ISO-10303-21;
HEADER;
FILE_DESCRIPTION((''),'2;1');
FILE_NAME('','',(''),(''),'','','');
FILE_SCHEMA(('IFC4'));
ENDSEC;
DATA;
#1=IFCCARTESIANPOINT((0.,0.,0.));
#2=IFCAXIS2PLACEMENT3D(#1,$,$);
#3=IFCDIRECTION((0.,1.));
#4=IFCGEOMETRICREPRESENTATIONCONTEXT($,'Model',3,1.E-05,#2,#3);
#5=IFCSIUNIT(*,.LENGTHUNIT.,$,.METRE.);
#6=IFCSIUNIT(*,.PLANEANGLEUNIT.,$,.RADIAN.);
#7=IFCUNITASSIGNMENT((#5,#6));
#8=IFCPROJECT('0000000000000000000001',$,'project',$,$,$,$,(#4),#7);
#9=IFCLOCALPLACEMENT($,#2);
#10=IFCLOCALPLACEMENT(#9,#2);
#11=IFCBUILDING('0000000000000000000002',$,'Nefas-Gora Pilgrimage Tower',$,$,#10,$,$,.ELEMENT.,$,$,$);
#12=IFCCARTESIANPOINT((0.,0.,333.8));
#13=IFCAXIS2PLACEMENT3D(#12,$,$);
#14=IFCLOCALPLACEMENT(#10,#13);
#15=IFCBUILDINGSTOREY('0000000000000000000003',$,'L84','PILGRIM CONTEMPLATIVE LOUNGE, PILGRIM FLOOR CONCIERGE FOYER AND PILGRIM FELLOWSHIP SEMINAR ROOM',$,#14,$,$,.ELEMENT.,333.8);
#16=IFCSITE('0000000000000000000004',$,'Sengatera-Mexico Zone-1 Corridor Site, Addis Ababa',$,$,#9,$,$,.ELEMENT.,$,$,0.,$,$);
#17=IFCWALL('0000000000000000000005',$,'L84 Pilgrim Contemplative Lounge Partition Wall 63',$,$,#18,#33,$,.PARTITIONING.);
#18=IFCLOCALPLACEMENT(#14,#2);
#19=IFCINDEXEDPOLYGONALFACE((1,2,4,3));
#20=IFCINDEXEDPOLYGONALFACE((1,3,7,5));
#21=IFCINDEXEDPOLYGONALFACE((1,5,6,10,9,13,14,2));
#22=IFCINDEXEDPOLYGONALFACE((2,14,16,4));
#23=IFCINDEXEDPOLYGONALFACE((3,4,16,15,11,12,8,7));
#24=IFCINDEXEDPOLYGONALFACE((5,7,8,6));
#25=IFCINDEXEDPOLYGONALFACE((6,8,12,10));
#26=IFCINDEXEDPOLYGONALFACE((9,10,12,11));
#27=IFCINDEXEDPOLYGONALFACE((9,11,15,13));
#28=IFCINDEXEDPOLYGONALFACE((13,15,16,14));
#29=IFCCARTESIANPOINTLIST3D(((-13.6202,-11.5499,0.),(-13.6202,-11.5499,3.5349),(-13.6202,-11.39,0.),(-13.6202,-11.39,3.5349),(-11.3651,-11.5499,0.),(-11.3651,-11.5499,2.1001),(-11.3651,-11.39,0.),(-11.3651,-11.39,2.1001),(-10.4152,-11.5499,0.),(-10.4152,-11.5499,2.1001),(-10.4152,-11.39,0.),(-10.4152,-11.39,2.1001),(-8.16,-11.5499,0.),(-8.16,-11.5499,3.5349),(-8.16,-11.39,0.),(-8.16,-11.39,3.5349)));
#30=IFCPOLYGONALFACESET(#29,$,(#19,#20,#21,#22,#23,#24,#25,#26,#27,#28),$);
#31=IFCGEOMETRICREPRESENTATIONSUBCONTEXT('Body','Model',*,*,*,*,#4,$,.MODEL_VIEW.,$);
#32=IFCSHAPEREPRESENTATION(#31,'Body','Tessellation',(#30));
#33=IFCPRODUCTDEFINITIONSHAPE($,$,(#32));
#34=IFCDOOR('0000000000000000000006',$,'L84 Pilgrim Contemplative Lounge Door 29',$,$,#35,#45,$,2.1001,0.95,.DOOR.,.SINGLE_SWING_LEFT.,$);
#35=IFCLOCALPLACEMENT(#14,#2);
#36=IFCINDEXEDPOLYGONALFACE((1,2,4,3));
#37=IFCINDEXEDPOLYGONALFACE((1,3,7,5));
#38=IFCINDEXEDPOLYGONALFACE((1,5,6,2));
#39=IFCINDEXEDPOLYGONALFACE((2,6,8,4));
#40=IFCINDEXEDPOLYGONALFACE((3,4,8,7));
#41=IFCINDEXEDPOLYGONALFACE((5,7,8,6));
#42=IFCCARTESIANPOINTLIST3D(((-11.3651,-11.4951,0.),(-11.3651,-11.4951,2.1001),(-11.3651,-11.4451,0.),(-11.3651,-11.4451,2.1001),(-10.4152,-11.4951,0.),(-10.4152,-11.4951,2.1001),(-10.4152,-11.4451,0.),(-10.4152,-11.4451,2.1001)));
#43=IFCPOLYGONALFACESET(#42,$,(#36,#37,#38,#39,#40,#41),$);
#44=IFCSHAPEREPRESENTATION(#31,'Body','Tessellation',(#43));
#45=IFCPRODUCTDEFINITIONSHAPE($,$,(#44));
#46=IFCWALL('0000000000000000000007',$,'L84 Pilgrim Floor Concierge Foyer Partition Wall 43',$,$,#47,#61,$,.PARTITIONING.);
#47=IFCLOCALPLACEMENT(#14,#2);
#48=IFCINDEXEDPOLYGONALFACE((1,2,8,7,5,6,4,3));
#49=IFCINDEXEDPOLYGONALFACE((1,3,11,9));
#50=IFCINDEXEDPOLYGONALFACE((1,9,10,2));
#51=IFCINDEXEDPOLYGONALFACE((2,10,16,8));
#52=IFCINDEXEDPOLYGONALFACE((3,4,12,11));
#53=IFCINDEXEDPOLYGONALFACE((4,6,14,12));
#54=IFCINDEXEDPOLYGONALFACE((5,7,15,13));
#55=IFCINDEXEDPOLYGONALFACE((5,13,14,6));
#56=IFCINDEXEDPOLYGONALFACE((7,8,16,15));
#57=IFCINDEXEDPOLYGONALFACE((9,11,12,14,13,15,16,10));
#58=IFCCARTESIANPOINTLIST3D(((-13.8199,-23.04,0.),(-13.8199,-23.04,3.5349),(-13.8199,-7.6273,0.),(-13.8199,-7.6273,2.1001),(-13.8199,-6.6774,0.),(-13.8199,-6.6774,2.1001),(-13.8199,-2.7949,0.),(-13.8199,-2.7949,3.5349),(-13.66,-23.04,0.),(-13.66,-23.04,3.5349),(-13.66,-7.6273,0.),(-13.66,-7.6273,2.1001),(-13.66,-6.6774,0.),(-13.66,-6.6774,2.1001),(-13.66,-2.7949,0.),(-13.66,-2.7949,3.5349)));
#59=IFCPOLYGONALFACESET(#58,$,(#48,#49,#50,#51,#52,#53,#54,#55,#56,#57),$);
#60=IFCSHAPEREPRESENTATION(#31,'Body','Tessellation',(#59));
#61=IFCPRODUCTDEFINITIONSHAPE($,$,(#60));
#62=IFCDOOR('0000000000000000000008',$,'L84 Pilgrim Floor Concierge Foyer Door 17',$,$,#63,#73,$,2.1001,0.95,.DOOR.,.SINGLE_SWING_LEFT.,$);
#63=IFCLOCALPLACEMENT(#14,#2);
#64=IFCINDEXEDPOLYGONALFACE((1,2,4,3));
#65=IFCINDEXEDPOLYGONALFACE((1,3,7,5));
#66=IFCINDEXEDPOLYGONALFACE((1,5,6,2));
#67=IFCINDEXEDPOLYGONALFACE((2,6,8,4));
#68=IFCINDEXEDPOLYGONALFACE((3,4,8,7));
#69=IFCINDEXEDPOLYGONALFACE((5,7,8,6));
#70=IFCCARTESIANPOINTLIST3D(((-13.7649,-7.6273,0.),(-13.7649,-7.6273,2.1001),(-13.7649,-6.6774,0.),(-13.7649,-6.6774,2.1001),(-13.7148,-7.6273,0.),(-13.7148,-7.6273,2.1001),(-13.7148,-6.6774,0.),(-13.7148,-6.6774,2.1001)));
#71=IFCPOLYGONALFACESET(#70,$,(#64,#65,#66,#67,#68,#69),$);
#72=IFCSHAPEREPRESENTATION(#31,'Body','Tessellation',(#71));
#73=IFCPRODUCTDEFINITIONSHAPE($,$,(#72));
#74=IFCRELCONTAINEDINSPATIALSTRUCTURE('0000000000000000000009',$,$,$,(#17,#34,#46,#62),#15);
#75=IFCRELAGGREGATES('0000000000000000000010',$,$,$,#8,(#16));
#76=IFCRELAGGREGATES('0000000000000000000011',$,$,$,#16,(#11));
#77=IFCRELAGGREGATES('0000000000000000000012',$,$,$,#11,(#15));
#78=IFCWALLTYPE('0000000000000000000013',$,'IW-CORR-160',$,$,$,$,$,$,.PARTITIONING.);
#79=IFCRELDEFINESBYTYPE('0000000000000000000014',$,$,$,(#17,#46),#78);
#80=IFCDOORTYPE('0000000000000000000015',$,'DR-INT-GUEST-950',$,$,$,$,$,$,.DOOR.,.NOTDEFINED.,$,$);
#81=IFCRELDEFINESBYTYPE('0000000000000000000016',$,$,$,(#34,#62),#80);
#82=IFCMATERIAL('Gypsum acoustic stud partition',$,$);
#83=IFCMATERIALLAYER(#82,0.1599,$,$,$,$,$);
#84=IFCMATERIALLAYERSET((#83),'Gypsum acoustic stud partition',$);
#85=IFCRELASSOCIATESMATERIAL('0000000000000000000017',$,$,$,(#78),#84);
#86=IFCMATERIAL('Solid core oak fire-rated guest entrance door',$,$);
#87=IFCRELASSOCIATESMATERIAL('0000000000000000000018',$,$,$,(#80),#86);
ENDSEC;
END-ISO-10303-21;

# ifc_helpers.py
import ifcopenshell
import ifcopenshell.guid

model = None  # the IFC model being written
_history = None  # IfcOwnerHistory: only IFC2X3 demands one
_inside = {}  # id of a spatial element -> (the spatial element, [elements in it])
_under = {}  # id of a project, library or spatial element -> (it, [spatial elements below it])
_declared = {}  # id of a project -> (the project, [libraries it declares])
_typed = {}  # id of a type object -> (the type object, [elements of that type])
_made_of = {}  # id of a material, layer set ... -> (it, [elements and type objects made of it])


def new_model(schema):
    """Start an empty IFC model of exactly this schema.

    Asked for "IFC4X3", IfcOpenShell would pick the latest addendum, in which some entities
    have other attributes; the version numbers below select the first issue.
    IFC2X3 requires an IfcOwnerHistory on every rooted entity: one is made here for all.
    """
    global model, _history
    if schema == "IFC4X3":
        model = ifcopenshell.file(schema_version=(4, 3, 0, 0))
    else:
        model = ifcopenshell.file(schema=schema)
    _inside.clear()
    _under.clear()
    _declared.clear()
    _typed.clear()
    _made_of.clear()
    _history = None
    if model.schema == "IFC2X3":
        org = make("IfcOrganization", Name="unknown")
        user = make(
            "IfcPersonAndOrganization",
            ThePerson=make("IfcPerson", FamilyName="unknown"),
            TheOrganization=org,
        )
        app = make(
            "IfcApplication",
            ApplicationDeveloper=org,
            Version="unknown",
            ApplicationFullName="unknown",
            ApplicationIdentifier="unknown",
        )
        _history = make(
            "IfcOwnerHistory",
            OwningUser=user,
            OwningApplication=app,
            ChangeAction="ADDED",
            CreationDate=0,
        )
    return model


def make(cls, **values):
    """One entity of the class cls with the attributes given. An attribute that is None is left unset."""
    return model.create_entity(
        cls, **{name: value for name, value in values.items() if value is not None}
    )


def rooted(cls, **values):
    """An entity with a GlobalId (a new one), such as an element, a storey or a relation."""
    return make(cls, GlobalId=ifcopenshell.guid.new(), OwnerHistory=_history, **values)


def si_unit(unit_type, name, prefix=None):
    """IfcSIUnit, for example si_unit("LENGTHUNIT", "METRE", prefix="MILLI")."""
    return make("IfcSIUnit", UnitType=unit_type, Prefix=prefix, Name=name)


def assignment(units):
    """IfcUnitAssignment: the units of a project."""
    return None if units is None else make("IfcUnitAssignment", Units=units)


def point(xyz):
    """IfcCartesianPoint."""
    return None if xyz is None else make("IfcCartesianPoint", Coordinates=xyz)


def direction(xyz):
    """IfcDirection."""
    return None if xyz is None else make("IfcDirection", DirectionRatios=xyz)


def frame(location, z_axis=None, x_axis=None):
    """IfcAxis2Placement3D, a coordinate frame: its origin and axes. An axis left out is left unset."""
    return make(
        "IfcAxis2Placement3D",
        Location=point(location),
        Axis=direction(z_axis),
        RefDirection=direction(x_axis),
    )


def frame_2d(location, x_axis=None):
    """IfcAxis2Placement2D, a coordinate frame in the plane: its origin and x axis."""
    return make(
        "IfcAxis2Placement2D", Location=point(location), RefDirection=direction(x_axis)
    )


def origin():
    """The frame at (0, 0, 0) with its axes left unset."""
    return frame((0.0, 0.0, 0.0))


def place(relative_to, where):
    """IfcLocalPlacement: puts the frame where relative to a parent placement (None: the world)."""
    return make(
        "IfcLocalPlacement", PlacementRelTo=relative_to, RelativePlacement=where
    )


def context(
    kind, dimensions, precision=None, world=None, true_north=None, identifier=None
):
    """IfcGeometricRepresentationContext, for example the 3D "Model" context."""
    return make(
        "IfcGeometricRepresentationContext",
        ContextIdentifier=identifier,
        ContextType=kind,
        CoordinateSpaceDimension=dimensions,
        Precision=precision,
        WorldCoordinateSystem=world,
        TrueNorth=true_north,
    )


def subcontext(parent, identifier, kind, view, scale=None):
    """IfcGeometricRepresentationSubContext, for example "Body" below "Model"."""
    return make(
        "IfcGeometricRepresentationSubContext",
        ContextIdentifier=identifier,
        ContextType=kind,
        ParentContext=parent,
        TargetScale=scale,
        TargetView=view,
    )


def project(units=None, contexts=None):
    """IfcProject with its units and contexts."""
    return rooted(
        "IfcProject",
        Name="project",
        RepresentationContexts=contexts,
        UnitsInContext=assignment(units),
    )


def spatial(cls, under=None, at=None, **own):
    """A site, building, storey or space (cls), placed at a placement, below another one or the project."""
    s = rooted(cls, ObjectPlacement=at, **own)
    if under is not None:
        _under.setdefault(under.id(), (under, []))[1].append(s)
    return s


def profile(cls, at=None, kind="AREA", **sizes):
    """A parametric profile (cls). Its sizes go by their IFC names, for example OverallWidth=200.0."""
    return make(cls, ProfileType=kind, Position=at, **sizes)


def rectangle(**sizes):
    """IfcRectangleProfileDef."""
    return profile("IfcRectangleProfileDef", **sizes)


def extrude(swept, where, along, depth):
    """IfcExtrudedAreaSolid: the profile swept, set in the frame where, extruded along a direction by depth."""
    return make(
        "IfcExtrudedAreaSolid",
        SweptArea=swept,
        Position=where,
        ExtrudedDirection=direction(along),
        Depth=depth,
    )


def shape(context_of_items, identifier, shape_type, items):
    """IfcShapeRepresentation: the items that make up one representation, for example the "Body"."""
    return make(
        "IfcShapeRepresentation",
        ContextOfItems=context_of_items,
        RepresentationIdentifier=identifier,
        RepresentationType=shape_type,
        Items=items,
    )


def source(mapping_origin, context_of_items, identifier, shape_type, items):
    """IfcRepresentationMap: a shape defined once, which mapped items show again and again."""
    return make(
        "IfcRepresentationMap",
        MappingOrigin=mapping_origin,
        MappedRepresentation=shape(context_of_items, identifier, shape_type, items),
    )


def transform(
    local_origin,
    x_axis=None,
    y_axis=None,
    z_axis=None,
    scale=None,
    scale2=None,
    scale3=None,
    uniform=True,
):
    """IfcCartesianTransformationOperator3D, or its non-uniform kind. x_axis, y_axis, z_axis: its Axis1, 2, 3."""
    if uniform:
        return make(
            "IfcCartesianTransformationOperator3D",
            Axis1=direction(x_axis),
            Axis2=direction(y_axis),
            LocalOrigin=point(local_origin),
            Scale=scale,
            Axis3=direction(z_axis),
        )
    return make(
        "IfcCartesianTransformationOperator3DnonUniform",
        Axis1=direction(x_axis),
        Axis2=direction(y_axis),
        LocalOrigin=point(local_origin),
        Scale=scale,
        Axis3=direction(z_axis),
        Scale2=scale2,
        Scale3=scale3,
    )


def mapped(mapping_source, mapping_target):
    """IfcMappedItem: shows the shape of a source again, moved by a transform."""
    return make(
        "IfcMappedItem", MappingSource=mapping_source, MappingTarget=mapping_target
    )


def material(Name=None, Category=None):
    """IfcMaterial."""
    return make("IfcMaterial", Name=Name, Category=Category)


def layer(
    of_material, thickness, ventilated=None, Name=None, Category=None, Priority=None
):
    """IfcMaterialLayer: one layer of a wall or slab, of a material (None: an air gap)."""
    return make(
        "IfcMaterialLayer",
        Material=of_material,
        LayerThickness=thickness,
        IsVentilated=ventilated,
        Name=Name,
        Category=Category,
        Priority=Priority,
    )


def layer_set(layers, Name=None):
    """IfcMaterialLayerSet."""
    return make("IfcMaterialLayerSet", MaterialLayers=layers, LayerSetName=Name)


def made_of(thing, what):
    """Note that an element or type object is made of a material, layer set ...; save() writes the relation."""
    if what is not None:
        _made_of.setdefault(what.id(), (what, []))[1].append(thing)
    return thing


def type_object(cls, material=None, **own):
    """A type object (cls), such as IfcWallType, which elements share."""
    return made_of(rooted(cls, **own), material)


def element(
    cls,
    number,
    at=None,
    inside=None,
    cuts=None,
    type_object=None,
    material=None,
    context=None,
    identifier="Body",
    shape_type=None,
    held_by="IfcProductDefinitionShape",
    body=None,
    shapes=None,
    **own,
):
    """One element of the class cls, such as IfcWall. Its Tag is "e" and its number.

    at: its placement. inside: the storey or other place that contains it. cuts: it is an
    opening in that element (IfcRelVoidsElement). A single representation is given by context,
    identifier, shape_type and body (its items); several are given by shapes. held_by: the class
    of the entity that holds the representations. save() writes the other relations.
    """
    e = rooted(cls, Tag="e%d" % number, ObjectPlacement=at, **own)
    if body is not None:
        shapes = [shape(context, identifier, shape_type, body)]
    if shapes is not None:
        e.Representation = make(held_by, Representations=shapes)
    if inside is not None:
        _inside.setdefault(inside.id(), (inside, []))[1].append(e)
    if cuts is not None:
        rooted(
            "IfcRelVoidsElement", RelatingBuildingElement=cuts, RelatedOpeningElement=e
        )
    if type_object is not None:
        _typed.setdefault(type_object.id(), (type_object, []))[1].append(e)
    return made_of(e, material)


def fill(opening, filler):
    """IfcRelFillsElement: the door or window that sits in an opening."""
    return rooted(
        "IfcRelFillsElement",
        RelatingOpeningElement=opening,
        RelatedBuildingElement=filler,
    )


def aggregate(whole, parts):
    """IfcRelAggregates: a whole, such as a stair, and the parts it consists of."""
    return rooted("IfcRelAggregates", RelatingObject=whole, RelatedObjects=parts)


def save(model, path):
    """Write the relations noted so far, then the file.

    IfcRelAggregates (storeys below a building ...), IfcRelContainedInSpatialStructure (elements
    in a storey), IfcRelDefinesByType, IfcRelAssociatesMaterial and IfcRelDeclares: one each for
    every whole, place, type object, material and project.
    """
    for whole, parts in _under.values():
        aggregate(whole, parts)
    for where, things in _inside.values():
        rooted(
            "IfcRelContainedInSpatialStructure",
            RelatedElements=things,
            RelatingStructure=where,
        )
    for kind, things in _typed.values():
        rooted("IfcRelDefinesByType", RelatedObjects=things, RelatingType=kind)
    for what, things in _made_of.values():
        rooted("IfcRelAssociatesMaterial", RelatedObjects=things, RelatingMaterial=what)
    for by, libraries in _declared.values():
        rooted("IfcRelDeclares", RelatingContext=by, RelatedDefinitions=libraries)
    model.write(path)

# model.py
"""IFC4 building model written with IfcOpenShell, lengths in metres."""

from ifc_helpers import new_model, si_unit, direction, frame, frame_2d, origin, place, context, subcontext, project, spatial, rectangle, extrude, source, transform, mapped, material, layer, layer_set, type_object, element, fill, save


model = new_model("IFC4")

# Units and contexts
model_context = context("Model", 3, precision=1e-05, world=origin(), true_north=direction((0.0, 1.0)))
body_context = subcontext(model_context, "Body", "Model", "MODEL_VIEW")
ifc_project = project(units=[si_unit("LENGTHUNIT", "METRE"), si_unit("PLANEANGLEUNIT", "RADIAN")], contexts=[model_context])

# Site, building, storey
site_placement = place(None, origin())
site = spatial("IfcSite", under=ifc_project, at=site_placement, Name="Sengatera-Mexico Zone-1 Corridor Site, Addis Ababa", CompositionType="ELEMENT", RefElevation=0.0)
building_placement = place(site_placement, origin())
building = spatial("IfcBuilding", under=site, at=building_placement, Name="Nefas-Gora Pilgrimage Tower", CompositionType="ELEMENT")
storey_placement = place(building_placement, frame((0.0, 0.0, 333.8)))
storey = spatial("IfcBuildingStorey", under=building, at=storey_placement, Name="L84", Description="PILGRIM CONTEMPLATIVE LOUNGE, PILGRIM FLOOR CONCIERGE FOYER AND PILGRIM FELLOWSHIP SEMINAR ROOM", CompositionType="ELEMENT", Elevation=333.8)

# Walls, openings, doors
ifc_material_1 = material(Name="Gypsum acoustic stud partition")
ifc_layer_1 = layer(ifc_material_1, 0.1599)
ifc_layer_set_1 = layer_set([ifc_layer_1], Name="Gypsum acoustic stud partition")
wall_type_1 = type_object("IfcWallType", Name="IW-CORR-160", PredefinedType="PARTITIONING", material=ifc_layer_set_1)
shared_shape_1 = source(origin(), body_context, "Body", "SweptSolid", [
    extrude(rectangle(XDim=5.4602, YDim=0.1599, at=frame_2d((2.73, 0.0))), origin(), (0.0, 0.0, 1.0), 3.5349),
])
wall_1_placement = place(storey_placement, frame((-13.6201, -11.47, 0.0), z_axis=(0.0, 0.0, 1.0), x_axis=(1.0, 0.0, 0.0)))
wall_1 = element("IfcWall", 1, at=wall_1_placement, inside=storey, type_object=wall_type_1, Name="L84 Pilgrim Contemplative Lounge Partition Wall 63", PredefinedType="PARTITIONING", context=body_context, shape_type="MappedRepresentation", body=[
    mapped(shared_shape_1, transform((0.0, 0.0, 0.0), x_axis=(1.0, 0.0, 0.0), y_axis=(0.0, 1.0, 0.0), z_axis=(0.0, 0.0, 1.0), scale=1.0)),
])
opening_1_placement = place(wall_1_placement, frame((2.2549, 0.0, 0.0)))
opening_1 = element("IfcOpeningElement", 2, at=opening_1_placement, cuts=wall_1, PredefinedType="OPENING", context=body_context, shape_type="SweptSolid", body=[
    extrude(rectangle(XDim=0.95, YDim=2.1001, at=frame_2d((0.4751, 1.05))), frame((0.0, 0.0898, 0.0), z_axis=(0.0, -1.0, 0.0), x_axis=(1.0, 0.0, 0.0)), (0.0, 0.0, 1.0), 0.1799),
])
ifc_material_2 = material(Name="Solid core oak fire-rated guest entrance door")
door_type = type_object("IfcDoorType", Name="DR-INT-GUEST-950", OperationType="NOTDEFINED", PredefinedType="DOOR", material=ifc_material_2)
shared_shape_2 = source(origin(), body_context, "Body", "SweptSolid", [
    extrude(rectangle(XDim=0.95, YDim=2.1001, at=frame_2d((0.4751, 1.05))), frame((0.0, 0.0249, 0.0), z_axis=(0.0, -1.0, 0.0), x_axis=(1.0, 0.0, 0.0)), (0.0, 0.0, 1.0), 0.05),
])
door_1_placement = place(opening_1_placement, origin())
door_1 = element("IfcDoor", 3, at=door_1_placement, inside=storey, type_object=door_type, Name="L84 Pilgrim Contemplative Lounge Door 29", OperationType="SINGLE_SWING_LEFT", OverallHeight=2.1001, OverallWidth=0.95, PredefinedType="DOOR", context=body_context, shape_type="MappedRepresentation", body=[
    mapped(shared_shape_2, transform((0.0, 0.0, 0.0), x_axis=(1.0, 0.0, 0.0), y_axis=(0.0, 1.0, 0.0), z_axis=(0.0, 0.0, 1.0), scale=1.0)),
])
fill(opening_1, door_1)
shared_shape_3 = source(origin(), body_context, "Body", "SweptSolid", [
    extrude(rectangle(XDim=20.2451, YDim=0.1599, at=frame_2d((10.1226, 0.0))), origin(), (0.0, 0.0, 1.0), 3.5349),
])
wall_2_placement = place(storey_placement, frame((-13.74, -23.04, 0.0), z_axis=(0.0, 0.0, 1.0), x_axis=(0.0, 1.0, 0.0)))
wall_2 = element("IfcWall", 4, at=wall_2_placement, inside=storey, type_object=wall_type_1, Name="L84 Pilgrim Floor Concierge Foyer Partition Wall 43", PredefinedType="PARTITIONING", context=body_context, shape_type="MappedRepresentation", body=[
    mapped(shared_shape_3, transform((0.0, 0.0, 0.0), x_axis=(1.0, 0.0, 0.0), y_axis=(0.0, 1.0, 0.0), z_axis=(0.0, 0.0, 1.0), scale=1.0)),
])
opening_2_placement = place(wall_2_placement, frame((15.4126, 0.0, 0.0)))
opening_2 = element("IfcOpeningElement", 5, at=opening_2_placement, cuts=wall_2, PredefinedType="OPENING", context=body_context, shape_type="SweptSolid", body=[
    extrude(rectangle(XDim=0.95, YDim=2.1001, at=frame_2d((0.4751, 1.05))), frame((0.0, 0.0898, 0.0), z_axis=(0.0, -1.0, 0.0), x_axis=(1.0, 0.0, 0.0)), (0.0, 0.0, 1.0), 0.1799),
])
door_2_placement = place(opening_2_placement, origin())
door_2 = element("IfcDoor", 6, at=door_2_placement, inside=storey, type_object=door_type, Name="L84 Pilgrim Floor Concierge Foyer Door 17", OperationType="SINGLE_SWING_LEFT", OverallHeight=2.1001, OverallWidth=0.95, PredefinedType="DOOR", context=body_context, shape_type="MappedRepresentation", body=[
    mapped(shared_shape_2, transform((0.0, 0.0, 0.0), x_axis=(1.0, 0.0, 0.0), y_axis=(0.0, 1.0, 0.0), z_axis=(0.0, 0.0, 1.0), scale=1.0)),
])
fill(opening_2, door_2)

save(model, "model.ifc")
